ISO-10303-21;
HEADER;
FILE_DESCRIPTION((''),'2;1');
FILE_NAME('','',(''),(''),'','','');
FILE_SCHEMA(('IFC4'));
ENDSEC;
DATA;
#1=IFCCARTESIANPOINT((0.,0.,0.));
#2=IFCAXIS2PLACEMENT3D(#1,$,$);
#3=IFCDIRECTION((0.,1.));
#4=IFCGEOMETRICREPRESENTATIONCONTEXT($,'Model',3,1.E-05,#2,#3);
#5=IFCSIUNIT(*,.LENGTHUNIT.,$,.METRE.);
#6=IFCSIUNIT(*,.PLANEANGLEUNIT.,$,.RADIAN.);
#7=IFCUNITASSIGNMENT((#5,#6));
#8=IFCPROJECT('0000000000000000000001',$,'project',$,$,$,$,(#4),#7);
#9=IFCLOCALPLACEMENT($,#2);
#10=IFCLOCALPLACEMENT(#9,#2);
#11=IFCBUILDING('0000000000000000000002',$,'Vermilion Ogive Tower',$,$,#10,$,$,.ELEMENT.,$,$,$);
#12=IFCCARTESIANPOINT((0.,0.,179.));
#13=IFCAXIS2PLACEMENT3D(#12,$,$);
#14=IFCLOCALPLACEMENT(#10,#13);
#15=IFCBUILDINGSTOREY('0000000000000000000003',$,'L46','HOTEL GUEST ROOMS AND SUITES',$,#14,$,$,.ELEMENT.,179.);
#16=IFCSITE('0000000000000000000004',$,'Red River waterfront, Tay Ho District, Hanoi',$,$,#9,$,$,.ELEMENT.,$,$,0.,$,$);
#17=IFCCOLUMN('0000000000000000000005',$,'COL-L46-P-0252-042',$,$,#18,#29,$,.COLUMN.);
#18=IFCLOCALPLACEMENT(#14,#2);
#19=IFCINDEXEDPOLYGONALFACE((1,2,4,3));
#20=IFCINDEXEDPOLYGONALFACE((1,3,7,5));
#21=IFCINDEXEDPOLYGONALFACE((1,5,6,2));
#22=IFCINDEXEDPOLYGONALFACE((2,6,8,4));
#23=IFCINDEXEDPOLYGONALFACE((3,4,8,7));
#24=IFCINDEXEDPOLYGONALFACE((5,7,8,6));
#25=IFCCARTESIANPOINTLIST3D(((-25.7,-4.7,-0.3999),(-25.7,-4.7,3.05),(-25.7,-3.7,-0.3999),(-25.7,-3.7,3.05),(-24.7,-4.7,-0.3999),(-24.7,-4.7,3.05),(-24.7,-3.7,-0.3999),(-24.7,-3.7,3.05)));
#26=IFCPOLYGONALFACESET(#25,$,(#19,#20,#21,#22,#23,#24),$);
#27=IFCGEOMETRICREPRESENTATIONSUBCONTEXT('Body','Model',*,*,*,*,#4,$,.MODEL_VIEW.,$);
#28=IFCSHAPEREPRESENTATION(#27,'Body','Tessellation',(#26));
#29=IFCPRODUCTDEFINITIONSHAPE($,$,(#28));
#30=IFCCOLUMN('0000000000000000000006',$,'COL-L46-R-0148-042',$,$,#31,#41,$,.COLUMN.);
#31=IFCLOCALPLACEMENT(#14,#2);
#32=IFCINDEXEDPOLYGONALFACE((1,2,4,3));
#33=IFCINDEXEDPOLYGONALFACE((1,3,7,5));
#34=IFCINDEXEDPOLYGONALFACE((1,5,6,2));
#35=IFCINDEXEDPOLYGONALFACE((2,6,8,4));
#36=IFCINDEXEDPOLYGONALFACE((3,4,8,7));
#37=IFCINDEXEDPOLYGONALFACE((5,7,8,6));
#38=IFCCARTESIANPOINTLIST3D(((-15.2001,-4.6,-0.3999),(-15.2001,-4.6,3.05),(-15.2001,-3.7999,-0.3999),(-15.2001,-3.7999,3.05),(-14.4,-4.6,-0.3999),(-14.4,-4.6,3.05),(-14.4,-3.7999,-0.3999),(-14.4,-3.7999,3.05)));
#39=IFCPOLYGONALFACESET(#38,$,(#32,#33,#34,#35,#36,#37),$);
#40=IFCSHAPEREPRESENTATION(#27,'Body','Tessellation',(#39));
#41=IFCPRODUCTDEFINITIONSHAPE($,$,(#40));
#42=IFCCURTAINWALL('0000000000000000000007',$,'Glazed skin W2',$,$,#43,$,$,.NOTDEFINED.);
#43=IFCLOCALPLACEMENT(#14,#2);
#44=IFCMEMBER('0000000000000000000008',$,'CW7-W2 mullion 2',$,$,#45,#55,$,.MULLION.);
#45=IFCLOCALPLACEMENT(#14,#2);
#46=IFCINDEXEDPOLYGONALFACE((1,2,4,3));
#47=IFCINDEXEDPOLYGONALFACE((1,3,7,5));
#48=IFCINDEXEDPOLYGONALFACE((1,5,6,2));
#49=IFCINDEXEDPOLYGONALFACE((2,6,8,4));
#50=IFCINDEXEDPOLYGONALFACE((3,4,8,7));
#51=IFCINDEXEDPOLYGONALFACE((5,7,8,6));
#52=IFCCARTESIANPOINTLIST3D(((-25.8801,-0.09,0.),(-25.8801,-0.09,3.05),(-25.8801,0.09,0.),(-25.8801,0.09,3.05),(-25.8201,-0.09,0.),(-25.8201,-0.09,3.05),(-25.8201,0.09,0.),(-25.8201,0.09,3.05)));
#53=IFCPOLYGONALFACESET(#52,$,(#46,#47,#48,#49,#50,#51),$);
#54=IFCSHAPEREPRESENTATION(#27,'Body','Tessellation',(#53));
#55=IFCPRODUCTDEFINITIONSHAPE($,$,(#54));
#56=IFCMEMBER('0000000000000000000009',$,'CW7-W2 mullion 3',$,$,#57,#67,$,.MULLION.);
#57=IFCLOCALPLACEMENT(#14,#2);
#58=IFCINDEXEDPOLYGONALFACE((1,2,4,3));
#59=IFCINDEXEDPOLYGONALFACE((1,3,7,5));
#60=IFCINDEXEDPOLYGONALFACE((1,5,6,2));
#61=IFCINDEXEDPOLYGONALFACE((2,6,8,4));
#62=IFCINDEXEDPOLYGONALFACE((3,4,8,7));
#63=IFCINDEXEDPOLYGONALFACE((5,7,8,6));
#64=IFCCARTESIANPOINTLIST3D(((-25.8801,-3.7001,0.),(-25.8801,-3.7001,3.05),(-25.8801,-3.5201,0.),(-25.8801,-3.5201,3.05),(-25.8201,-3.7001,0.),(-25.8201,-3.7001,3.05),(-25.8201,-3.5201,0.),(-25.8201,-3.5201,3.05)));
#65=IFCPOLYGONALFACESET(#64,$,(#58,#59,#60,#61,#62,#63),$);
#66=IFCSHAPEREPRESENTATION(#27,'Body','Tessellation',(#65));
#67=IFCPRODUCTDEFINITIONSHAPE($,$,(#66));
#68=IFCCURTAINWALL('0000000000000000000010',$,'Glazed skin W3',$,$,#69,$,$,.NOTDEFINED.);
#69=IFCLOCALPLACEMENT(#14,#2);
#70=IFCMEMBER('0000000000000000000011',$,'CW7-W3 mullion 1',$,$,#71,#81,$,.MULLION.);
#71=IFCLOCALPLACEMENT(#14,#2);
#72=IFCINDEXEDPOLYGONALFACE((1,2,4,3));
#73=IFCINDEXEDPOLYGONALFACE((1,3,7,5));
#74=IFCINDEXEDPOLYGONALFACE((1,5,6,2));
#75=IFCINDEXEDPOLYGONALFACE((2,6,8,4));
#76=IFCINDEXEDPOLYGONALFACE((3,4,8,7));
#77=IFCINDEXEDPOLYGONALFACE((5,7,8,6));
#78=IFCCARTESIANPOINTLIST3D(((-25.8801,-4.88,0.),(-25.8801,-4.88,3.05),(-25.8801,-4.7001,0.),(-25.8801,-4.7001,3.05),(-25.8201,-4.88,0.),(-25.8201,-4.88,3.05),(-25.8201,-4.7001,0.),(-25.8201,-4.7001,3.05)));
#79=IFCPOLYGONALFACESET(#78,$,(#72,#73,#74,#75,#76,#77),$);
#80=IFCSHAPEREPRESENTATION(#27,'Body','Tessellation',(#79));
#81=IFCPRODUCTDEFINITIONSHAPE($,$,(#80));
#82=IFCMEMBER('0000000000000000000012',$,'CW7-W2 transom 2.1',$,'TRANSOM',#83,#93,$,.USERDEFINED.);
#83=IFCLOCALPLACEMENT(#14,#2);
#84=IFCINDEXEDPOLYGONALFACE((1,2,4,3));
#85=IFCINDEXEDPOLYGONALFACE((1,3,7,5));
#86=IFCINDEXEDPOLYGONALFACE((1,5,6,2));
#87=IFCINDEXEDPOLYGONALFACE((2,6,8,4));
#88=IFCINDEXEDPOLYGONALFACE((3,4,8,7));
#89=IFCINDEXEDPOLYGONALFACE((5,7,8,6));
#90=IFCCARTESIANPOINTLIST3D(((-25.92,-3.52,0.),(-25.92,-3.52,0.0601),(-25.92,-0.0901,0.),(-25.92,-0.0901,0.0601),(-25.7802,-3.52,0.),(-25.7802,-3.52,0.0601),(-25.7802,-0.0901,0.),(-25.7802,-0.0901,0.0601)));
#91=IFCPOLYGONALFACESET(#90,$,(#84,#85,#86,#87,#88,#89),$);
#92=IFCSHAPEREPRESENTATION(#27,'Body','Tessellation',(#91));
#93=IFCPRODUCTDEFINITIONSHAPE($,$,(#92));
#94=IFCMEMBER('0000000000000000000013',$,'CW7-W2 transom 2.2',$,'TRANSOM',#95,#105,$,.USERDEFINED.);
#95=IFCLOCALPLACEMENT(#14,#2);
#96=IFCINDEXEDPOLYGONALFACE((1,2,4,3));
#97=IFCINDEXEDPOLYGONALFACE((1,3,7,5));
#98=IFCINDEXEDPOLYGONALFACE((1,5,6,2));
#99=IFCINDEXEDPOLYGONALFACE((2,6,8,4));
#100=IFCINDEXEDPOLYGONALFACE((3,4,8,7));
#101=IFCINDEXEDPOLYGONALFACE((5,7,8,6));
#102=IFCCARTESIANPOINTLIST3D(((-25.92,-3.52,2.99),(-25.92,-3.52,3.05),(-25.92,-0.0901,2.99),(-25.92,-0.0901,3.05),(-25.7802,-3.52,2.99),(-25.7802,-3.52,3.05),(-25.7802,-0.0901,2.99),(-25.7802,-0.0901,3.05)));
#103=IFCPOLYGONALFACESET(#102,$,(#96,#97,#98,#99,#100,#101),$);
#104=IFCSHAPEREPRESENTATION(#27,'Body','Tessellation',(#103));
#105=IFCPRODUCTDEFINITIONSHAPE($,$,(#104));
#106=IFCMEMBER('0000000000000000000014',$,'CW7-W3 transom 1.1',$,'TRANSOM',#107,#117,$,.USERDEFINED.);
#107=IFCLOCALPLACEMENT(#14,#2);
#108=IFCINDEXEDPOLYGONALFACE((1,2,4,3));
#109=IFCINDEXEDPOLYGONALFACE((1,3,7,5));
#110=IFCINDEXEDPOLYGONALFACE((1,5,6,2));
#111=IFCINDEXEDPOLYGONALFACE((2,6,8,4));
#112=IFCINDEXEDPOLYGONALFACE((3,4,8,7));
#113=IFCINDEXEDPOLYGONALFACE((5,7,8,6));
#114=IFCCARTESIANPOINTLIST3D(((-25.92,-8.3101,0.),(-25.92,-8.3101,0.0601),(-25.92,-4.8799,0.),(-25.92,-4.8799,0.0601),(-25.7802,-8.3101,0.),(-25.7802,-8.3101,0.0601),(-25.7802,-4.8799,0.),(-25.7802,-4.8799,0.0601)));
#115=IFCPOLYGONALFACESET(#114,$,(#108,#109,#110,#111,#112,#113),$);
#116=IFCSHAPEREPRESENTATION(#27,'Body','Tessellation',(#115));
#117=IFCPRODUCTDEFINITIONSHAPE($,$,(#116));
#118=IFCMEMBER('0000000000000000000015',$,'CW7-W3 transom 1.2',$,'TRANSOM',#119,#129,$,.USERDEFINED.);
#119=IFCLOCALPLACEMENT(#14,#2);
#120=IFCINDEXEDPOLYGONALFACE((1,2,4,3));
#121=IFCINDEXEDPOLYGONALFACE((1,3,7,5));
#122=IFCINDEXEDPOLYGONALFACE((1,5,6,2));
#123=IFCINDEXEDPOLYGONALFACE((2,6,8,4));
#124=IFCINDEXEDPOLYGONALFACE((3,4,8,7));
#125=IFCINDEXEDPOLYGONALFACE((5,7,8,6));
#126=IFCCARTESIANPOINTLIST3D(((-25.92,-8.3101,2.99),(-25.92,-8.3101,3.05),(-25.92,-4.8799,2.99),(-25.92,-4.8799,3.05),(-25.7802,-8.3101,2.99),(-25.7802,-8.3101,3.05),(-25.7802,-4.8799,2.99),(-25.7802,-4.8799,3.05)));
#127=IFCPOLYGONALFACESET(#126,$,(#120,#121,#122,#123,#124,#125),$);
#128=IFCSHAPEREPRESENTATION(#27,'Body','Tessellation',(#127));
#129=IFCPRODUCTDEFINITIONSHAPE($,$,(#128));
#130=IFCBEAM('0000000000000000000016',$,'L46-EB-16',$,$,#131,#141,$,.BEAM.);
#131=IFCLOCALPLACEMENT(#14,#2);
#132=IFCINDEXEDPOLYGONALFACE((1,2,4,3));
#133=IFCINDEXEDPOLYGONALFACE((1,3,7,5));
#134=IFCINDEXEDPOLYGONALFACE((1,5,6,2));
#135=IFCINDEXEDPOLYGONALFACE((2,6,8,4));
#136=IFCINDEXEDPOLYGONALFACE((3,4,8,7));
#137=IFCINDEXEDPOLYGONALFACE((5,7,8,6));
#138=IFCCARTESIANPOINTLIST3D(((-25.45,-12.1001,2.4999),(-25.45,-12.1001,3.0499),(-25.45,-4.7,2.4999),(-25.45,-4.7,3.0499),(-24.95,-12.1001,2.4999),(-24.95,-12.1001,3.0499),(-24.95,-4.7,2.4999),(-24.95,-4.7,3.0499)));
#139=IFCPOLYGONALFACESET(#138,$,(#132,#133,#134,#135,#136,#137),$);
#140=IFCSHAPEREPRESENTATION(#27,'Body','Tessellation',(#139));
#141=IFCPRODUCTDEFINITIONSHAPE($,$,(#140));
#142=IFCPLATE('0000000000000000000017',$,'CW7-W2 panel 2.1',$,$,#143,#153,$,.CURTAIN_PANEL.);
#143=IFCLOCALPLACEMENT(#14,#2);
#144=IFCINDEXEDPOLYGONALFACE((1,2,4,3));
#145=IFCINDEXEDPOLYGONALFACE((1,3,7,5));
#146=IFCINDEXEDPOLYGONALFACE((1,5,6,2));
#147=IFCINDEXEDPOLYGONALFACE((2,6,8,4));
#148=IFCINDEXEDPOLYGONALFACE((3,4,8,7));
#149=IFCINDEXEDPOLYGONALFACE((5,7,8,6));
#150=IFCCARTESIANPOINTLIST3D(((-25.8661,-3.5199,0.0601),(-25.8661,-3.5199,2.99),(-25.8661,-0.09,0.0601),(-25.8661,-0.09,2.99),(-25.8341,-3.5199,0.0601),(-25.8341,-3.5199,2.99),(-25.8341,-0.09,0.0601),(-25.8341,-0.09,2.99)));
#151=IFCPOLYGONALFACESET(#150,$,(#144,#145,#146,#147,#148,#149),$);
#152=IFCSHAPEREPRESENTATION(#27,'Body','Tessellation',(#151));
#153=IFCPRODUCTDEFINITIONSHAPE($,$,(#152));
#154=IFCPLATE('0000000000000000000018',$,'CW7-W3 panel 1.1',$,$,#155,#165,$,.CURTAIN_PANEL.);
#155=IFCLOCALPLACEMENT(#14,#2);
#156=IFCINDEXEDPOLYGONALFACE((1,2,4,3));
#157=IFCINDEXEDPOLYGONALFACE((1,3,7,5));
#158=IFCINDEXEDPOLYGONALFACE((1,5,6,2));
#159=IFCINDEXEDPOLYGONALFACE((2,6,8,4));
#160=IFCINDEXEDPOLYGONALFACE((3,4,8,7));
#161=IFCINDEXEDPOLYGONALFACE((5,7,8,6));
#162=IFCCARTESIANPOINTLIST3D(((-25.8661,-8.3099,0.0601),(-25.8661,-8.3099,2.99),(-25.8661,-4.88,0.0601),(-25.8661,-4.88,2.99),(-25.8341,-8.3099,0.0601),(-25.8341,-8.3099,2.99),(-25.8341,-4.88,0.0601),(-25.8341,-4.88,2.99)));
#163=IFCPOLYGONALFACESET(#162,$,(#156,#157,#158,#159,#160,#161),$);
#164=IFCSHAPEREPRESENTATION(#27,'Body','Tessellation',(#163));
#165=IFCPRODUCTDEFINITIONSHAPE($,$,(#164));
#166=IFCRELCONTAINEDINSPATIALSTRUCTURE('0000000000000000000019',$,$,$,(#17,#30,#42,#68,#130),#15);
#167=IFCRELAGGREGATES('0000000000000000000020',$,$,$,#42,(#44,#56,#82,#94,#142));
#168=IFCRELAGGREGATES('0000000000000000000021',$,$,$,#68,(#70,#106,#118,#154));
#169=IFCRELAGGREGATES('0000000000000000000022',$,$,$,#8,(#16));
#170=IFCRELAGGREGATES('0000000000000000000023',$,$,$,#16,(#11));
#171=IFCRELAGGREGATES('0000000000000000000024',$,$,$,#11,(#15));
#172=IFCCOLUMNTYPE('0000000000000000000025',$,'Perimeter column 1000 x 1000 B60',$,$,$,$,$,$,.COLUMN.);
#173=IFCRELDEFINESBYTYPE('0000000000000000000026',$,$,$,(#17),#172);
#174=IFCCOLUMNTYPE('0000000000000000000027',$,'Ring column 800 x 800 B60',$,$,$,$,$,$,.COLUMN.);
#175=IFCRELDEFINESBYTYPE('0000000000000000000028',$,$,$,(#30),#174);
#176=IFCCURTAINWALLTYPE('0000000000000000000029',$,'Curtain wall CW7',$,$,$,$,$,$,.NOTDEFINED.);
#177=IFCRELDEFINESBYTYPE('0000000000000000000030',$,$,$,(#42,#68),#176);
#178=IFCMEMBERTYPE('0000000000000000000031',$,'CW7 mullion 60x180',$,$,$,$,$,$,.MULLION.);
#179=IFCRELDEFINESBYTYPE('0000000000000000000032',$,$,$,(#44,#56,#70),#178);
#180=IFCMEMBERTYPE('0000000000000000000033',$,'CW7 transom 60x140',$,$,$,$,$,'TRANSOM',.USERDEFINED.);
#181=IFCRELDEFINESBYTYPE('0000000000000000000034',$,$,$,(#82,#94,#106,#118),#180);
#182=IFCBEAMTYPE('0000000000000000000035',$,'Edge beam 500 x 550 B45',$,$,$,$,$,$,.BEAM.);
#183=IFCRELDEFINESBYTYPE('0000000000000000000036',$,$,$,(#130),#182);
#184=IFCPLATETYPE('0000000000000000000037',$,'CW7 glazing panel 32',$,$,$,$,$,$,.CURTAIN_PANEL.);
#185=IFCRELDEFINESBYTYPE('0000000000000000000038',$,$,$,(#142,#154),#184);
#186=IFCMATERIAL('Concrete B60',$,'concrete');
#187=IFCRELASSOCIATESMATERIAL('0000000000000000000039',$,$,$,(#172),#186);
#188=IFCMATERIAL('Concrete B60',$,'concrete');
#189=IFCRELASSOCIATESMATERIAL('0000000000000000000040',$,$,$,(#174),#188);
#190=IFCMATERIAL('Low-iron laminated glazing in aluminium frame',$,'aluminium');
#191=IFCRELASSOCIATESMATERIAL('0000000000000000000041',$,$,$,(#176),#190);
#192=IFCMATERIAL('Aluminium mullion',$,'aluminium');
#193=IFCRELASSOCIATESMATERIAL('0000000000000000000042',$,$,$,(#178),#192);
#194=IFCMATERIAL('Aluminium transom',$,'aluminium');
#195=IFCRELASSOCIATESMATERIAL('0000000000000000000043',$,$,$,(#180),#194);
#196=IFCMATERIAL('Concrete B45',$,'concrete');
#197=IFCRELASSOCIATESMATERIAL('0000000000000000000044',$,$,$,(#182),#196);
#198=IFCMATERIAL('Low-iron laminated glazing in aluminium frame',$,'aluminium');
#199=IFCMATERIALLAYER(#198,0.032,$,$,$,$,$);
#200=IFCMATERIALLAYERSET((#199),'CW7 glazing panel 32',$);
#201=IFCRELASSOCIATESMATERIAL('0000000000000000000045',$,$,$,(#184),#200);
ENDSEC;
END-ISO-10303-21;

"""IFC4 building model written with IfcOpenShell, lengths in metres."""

from ifc_helpers import new_model, si_unit, direction, frame, origin, origin_2d, place, context, subcontext, project, spatial, rectangle, extrude, material, layer, layer_set, material_profile, profile_set, type_object, element, aggregate, save


model = new_model("IFC4")

# Units and contexts
model_context = context("Model", 3, precision=1e-05, world=origin(), true_north=direction((0.0, 1.0)))
body_context = subcontext(model_context, "Body", "Model", "MODEL_VIEW")
ifc_project = project(units=[si_unit("LENGTHUNIT", "METRE"), si_unit("PLANEANGLEUNIT", "RADIAN")], contexts=[model_context])

# Site, building, storey
site_placement = place(None, origin())
site = spatial("IfcSite", under=ifc_project, at=site_placement, Name="Red River waterfront, Tay Ho District, Hanoi", CompositionType="ELEMENT", RefElevation=0.0)
building_placement = place(site_placement, origin())
building = spatial("IfcBuilding", under=site, at=building_placement, Name="Vermilion Ogive Tower", CompositionType="ELEMENT")
storey_placement = place(building_placement, frame((0.0, 0.0, 179.0)))
storey = spatial("IfcBuildingStorey", under=building, at=storey_placement, Name="L46", Description="HOTEL GUEST ROOMS AND SUITES", CompositionType="ELEMENT", Elevation=179.0)

# Columns
ifc_material_1 = material(Name="Concrete B60", Category="concrete")
ifc_material_profile_1 = material_profile(ifc_material_1, rectangle(XDim=1.0, YDim=1.0, at=origin_2d()), Name="1000 x 1000")
ifc_profile_set_1 = profile_set([ifc_material_profile_1], Name="Concrete B60")
column_type_1 = type_object("IfcColumnType", Name="Perimeter column 1000 x 1000 B60", PredefinedType="COLUMN", material=ifc_profile_set_1)
column_1_placement = place(storey_placement, frame((-25.2, -4.2, -0.3999), z_axis=(0.0, 0.0, 1.0), x_axis=(1.0, 0.0, 0.0)))
element("IfcColumn", 1, at=column_1_placement, inside=storey, type_object=column_type_1, Name="COL-L46-P-0252-042", PredefinedType="COLUMN", context=body_context, shape_type="SweptSolid", body=[
    extrude(rectangle(XDim=1.0, YDim=1.0, at=origin_2d()), origin(), (0.0, 0.0, 1.0), 3.45),
])
ifc_material_2 = material(Name="Concrete B60", Category="concrete")
ifc_material_profile_2 = material_profile(ifc_material_2, rectangle(XDim=0.8, YDim=0.8, at=origin_2d()), Name="800 x 800")
ifc_profile_set_2 = profile_set([ifc_material_profile_2], Name="Concrete B60")
column_type_2 = type_object("IfcColumnType", Name="Ring column 800 x 800 B60", PredefinedType="COLUMN", material=ifc_profile_set_2)
column_2_placement = place(storey_placement, frame((-14.8, -4.2, -0.3999), z_axis=(0.0, 0.0, 1.0), x_axis=(1.0, 0.0, 0.0)))
element("IfcColumn", 2, at=column_2_placement, inside=storey, type_object=column_type_2, Name="COL-L46-R-0148-042", PredefinedType="COLUMN", context=body_context, shape_type="SweptSolid", body=[
    extrude(rectangle(XDim=0.8, YDim=0.8, at=origin_2d()), origin(), (0.0, 0.0, 1.0), 3.45),
])

# Curtain wall, members
ifc_material_3 = material(Name="Low-iron laminated glazing in aluminium frame", Category="aluminium")
curtain_wall_type = type_object("IfcCurtainWallType", Name="Curtain wall CW7", PredefinedType="NOTDEFINED", material=ifc_material_3)
curtain_wall_1_placement = place(storey_placement, origin())
curtain_wall_1 = element("IfcCurtainWall", 3, at=curtain_wall_1_placement, inside=storey, type_object=curtain_wall_type, Name="Glazed skin W2", PredefinedType="NOTDEFINED")
ifc_material_4 = material(Name="Aluminium mullion", Category="aluminium")
ifc_material_profile_3 = material_profile(ifc_material_4, rectangle(XDim=0.0601, YDim=0.1799, at=origin_2d()), Name="AL 60x180")
ifc_profile_set_3 = profile_set([ifc_material_profile_3], Name="Aluminium mullion")
member_type_1 = type_object("IfcMemberType", Name="CW7 mullion 60x180", PredefinedType="MULLION", material=ifc_profile_set_3)
member_1_placement = place(storey_placement, frame((-25.8501, 0.0, 0.0), z_axis=(0.0, 0.0, 1.0), x_axis=(1.0, 0.0, 0.0)))
member_1 = element("IfcMember", 4, at=member_1_placement, type_object=member_type_1, Name="CW7-W2 mullion 2", PredefinedType="MULLION", context=body_context, shape_type="SweptSolid", body=[
    extrude(rectangle(XDim=0.0601, YDim=0.1799, at=origin_2d()), origin(), (0.0, 0.0, 1.0), 3.05),
])
member_2_placement = place(storey_placement, frame((-25.8501, -3.6101, 0.0), z_axis=(0.0, 0.0, 1.0), x_axis=(1.0, 0.0, 0.0)))
member_2 = element("IfcMember", 5, at=member_2_placement, type_object=member_type_1, Name="CW7-W2 mullion 3", PredefinedType="MULLION", context=body_context, shape_type="SweptSolid", body=[
    extrude(rectangle(XDim=0.0601, YDim=0.1799, at=origin_2d()), origin(), (0.0, 0.0, 1.0), 3.05),
])

# Curtain wall, member
curtain_wall_2_placement = place(storey_placement, origin())
curtain_wall_2 = element("IfcCurtainWall", 6, at=curtain_wall_2_placement, inside=storey, type_object=curtain_wall_type, Name="Glazed skin W3", PredefinedType="NOTDEFINED")
member_3_placement = place(storey_placement, frame((-25.8501, -4.79, 0.0), z_axis=(0.0, 0.0, 1.0), x_axis=(1.0, 0.0, 0.0)))
member_3 = element("IfcMember", 7, at=member_3_placement, type_object=member_type_1, Name="CW7-W3 mullion 1", PredefinedType="MULLION", context=body_context, shape_type="SweptSolid", body=[
    extrude(rectangle(XDim=0.0601, YDim=0.1799, at=origin_2d()), origin(), (0.0, 0.0, 1.0), 3.05),
])

# Members
ifc_material_5 = material(Name="Aluminium transom", Category="aluminium")
ifc_material_profile_4 = material_profile(ifc_material_5, rectangle(XDim=0.1399, YDim=0.0601, at=origin_2d()), Name="AL 60x140")
ifc_profile_set_4 = profile_set([ifc_material_profile_4], Name="Aluminium transom")
member_type_2 = type_object("IfcMemberType", Name="CW7 transom 60x140", ElementType="TRANSOM", PredefinedType="USERDEFINED", material=ifc_profile_set_4)
member_4_placement = place(storey_placement, frame((-25.8501, -0.0901, 0.03), z_axis=(0.0, -1.0, 0.0), x_axis=(1.0, 0.0, 0.0)))
member_4 = element("IfcMember", 8, at=member_4_placement, type_object=member_type_2, Name="CW7-W2 transom 2.1", ObjectType="TRANSOM", PredefinedType="USERDEFINED", context=body_context, shape_type="SweptSolid", body=[
    extrude(rectangle(XDim=0.1399, YDim=0.0601, at=origin_2d()), origin(), (0.0, 0.0, 1.0), 3.4299),
])
member_5_placement = place(storey_placement, frame((-25.8501, -0.0901, 3.02), z_axis=(0.0, -1.0, 0.0), x_axis=(1.0, 0.0, 0.0)))
member_5 = element("IfcMember", 9, at=member_5_placement, type_object=member_type_2, Name="CW7-W2 transom 2.2", ObjectType="TRANSOM", PredefinedType="USERDEFINED", context=body_context, shape_type="SweptSolid", body=[
    extrude(rectangle(XDim=0.1399, YDim=0.0601, at=origin_2d()), origin(), (0.0, 0.0, 1.0), 3.4299),
])
member_6_placement = place(storey_placement, frame((-25.8501, -4.8799, 0.03), z_axis=(0.0, -1.0, 0.0), x_axis=(1.0, 0.0, 0.0)))
member_6 = element("IfcMember", 10, at=member_6_placement, type_object=member_type_2, Name="CW7-W3 transom 1.1", ObjectType="TRANSOM", PredefinedType="USERDEFINED", context=body_context, shape_type="SweptSolid", body=[
    extrude(rectangle(XDim=0.1399, YDim=0.0601, at=origin_2d()), origin(), (0.0, 0.0, 1.0), 3.4302),
])
member_7_placement = place(storey_placement, frame((-25.8501, -4.8799, 3.02), z_axis=(0.0, -1.0, 0.0), x_axis=(1.0, 0.0, 0.0)))
member_7 = element("IfcMember", 11, at=member_7_placement, type_object=member_type_2, Name="CW7-W3 transom 1.2", ObjectType="TRANSOM", PredefinedType="USERDEFINED", context=body_context, shape_type="SweptSolid", body=[
    extrude(rectangle(XDim=0.1399, YDim=0.0601, at=origin_2d()), origin(), (0.0, 0.0, 1.0), 3.4302),
])

# Beam
ifc_material_6 = material(Name="Concrete B45", Category="concrete")
ifc_material_profile_5 = material_profile(ifc_material_6, rectangle(XDim=0.5, YDim=0.55, at=origin_2d()), Name="500 x 550")
ifc_profile_set_5 = profile_set([ifc_material_profile_5], Name="Concrete B45")
beam_type = type_object("IfcBeamType", Name="Edge beam 500 x 550 B45", PredefinedType="BEAM", material=ifc_profile_set_5)
beam_placement = place(storey_placement, frame((-25.2, -4.7, 2.7749), z_axis=(0.0, -1.0, 0.0), x_axis=(1.0, 0.0, 0.0)))
element("IfcBeam", 12, at=beam_placement, inside=storey, type_object=beam_type, Name="L46-EB-16", PredefinedType="BEAM", context=body_context, shape_type="SweptSolid", body=[
    extrude(rectangle(XDim=0.5, YDim=0.55, at=origin_2d()), origin(), (0.0, 0.0, 1.0), 7.4001),
])

# Plates
ifc_material_7 = material(Name="Low-iron laminated glazing in aluminium frame", Category="aluminium")
ifc_layer_1 = layer(ifc_material_7, 0.032)
ifc_layer_set_1 = layer_set([ifc_layer_1], Name="CW7 glazing panel 32")
plate_type = type_object("IfcPlateType", Name="CW7 glazing panel 32", PredefinedType="CURTAIN_PANEL", material=ifc_layer_set_1)
plate_1_placement = place(storey_placement, frame((-25.8501, -1.8049, 0.0601), z_axis=(0.0, 0.0, 1.0), x_axis=(0.0, -1.0, 0.0)))
plate_1 = element("IfcPlate", 13, at=plate_1_placement, type_object=plate_type, Name="CW7-W2 panel 2.1", PredefinedType="CURTAIN_PANEL", context=body_context, shape_type="SweptSolid", body=[
    extrude(rectangle(XDim=3.4299, YDim=0.032, at=origin_2d()), origin(), (0.0, 0.0, 1.0), 2.9299),
])
aggregate(curtain_wall_1, [member_1, member_2, member_4, member_5, plate_1])
plate_2_placement = place(storey_placement, frame((-25.8501, -6.595, 0.0601), z_axis=(0.0, 0.0, 1.0), x_axis=(0.0, -1.0, 0.0)))
plate_2 = element("IfcPlate", 14, at=plate_2_placement, type_object=plate_type, Name="CW7-W3 panel 1.1", PredefinedType="CURTAIN_PANEL", context=body_context, shape_type="SweptSolid", body=[
    extrude(rectangle(XDim=3.4299, YDim=0.032, at=origin_2d()), origin(), (0.0, 0.0, 1.0), 2.9299),
])
aggregate(curtain_wall_2, [member_3, member_6, member_7, plate_2])

save(model, "model.ifc")
